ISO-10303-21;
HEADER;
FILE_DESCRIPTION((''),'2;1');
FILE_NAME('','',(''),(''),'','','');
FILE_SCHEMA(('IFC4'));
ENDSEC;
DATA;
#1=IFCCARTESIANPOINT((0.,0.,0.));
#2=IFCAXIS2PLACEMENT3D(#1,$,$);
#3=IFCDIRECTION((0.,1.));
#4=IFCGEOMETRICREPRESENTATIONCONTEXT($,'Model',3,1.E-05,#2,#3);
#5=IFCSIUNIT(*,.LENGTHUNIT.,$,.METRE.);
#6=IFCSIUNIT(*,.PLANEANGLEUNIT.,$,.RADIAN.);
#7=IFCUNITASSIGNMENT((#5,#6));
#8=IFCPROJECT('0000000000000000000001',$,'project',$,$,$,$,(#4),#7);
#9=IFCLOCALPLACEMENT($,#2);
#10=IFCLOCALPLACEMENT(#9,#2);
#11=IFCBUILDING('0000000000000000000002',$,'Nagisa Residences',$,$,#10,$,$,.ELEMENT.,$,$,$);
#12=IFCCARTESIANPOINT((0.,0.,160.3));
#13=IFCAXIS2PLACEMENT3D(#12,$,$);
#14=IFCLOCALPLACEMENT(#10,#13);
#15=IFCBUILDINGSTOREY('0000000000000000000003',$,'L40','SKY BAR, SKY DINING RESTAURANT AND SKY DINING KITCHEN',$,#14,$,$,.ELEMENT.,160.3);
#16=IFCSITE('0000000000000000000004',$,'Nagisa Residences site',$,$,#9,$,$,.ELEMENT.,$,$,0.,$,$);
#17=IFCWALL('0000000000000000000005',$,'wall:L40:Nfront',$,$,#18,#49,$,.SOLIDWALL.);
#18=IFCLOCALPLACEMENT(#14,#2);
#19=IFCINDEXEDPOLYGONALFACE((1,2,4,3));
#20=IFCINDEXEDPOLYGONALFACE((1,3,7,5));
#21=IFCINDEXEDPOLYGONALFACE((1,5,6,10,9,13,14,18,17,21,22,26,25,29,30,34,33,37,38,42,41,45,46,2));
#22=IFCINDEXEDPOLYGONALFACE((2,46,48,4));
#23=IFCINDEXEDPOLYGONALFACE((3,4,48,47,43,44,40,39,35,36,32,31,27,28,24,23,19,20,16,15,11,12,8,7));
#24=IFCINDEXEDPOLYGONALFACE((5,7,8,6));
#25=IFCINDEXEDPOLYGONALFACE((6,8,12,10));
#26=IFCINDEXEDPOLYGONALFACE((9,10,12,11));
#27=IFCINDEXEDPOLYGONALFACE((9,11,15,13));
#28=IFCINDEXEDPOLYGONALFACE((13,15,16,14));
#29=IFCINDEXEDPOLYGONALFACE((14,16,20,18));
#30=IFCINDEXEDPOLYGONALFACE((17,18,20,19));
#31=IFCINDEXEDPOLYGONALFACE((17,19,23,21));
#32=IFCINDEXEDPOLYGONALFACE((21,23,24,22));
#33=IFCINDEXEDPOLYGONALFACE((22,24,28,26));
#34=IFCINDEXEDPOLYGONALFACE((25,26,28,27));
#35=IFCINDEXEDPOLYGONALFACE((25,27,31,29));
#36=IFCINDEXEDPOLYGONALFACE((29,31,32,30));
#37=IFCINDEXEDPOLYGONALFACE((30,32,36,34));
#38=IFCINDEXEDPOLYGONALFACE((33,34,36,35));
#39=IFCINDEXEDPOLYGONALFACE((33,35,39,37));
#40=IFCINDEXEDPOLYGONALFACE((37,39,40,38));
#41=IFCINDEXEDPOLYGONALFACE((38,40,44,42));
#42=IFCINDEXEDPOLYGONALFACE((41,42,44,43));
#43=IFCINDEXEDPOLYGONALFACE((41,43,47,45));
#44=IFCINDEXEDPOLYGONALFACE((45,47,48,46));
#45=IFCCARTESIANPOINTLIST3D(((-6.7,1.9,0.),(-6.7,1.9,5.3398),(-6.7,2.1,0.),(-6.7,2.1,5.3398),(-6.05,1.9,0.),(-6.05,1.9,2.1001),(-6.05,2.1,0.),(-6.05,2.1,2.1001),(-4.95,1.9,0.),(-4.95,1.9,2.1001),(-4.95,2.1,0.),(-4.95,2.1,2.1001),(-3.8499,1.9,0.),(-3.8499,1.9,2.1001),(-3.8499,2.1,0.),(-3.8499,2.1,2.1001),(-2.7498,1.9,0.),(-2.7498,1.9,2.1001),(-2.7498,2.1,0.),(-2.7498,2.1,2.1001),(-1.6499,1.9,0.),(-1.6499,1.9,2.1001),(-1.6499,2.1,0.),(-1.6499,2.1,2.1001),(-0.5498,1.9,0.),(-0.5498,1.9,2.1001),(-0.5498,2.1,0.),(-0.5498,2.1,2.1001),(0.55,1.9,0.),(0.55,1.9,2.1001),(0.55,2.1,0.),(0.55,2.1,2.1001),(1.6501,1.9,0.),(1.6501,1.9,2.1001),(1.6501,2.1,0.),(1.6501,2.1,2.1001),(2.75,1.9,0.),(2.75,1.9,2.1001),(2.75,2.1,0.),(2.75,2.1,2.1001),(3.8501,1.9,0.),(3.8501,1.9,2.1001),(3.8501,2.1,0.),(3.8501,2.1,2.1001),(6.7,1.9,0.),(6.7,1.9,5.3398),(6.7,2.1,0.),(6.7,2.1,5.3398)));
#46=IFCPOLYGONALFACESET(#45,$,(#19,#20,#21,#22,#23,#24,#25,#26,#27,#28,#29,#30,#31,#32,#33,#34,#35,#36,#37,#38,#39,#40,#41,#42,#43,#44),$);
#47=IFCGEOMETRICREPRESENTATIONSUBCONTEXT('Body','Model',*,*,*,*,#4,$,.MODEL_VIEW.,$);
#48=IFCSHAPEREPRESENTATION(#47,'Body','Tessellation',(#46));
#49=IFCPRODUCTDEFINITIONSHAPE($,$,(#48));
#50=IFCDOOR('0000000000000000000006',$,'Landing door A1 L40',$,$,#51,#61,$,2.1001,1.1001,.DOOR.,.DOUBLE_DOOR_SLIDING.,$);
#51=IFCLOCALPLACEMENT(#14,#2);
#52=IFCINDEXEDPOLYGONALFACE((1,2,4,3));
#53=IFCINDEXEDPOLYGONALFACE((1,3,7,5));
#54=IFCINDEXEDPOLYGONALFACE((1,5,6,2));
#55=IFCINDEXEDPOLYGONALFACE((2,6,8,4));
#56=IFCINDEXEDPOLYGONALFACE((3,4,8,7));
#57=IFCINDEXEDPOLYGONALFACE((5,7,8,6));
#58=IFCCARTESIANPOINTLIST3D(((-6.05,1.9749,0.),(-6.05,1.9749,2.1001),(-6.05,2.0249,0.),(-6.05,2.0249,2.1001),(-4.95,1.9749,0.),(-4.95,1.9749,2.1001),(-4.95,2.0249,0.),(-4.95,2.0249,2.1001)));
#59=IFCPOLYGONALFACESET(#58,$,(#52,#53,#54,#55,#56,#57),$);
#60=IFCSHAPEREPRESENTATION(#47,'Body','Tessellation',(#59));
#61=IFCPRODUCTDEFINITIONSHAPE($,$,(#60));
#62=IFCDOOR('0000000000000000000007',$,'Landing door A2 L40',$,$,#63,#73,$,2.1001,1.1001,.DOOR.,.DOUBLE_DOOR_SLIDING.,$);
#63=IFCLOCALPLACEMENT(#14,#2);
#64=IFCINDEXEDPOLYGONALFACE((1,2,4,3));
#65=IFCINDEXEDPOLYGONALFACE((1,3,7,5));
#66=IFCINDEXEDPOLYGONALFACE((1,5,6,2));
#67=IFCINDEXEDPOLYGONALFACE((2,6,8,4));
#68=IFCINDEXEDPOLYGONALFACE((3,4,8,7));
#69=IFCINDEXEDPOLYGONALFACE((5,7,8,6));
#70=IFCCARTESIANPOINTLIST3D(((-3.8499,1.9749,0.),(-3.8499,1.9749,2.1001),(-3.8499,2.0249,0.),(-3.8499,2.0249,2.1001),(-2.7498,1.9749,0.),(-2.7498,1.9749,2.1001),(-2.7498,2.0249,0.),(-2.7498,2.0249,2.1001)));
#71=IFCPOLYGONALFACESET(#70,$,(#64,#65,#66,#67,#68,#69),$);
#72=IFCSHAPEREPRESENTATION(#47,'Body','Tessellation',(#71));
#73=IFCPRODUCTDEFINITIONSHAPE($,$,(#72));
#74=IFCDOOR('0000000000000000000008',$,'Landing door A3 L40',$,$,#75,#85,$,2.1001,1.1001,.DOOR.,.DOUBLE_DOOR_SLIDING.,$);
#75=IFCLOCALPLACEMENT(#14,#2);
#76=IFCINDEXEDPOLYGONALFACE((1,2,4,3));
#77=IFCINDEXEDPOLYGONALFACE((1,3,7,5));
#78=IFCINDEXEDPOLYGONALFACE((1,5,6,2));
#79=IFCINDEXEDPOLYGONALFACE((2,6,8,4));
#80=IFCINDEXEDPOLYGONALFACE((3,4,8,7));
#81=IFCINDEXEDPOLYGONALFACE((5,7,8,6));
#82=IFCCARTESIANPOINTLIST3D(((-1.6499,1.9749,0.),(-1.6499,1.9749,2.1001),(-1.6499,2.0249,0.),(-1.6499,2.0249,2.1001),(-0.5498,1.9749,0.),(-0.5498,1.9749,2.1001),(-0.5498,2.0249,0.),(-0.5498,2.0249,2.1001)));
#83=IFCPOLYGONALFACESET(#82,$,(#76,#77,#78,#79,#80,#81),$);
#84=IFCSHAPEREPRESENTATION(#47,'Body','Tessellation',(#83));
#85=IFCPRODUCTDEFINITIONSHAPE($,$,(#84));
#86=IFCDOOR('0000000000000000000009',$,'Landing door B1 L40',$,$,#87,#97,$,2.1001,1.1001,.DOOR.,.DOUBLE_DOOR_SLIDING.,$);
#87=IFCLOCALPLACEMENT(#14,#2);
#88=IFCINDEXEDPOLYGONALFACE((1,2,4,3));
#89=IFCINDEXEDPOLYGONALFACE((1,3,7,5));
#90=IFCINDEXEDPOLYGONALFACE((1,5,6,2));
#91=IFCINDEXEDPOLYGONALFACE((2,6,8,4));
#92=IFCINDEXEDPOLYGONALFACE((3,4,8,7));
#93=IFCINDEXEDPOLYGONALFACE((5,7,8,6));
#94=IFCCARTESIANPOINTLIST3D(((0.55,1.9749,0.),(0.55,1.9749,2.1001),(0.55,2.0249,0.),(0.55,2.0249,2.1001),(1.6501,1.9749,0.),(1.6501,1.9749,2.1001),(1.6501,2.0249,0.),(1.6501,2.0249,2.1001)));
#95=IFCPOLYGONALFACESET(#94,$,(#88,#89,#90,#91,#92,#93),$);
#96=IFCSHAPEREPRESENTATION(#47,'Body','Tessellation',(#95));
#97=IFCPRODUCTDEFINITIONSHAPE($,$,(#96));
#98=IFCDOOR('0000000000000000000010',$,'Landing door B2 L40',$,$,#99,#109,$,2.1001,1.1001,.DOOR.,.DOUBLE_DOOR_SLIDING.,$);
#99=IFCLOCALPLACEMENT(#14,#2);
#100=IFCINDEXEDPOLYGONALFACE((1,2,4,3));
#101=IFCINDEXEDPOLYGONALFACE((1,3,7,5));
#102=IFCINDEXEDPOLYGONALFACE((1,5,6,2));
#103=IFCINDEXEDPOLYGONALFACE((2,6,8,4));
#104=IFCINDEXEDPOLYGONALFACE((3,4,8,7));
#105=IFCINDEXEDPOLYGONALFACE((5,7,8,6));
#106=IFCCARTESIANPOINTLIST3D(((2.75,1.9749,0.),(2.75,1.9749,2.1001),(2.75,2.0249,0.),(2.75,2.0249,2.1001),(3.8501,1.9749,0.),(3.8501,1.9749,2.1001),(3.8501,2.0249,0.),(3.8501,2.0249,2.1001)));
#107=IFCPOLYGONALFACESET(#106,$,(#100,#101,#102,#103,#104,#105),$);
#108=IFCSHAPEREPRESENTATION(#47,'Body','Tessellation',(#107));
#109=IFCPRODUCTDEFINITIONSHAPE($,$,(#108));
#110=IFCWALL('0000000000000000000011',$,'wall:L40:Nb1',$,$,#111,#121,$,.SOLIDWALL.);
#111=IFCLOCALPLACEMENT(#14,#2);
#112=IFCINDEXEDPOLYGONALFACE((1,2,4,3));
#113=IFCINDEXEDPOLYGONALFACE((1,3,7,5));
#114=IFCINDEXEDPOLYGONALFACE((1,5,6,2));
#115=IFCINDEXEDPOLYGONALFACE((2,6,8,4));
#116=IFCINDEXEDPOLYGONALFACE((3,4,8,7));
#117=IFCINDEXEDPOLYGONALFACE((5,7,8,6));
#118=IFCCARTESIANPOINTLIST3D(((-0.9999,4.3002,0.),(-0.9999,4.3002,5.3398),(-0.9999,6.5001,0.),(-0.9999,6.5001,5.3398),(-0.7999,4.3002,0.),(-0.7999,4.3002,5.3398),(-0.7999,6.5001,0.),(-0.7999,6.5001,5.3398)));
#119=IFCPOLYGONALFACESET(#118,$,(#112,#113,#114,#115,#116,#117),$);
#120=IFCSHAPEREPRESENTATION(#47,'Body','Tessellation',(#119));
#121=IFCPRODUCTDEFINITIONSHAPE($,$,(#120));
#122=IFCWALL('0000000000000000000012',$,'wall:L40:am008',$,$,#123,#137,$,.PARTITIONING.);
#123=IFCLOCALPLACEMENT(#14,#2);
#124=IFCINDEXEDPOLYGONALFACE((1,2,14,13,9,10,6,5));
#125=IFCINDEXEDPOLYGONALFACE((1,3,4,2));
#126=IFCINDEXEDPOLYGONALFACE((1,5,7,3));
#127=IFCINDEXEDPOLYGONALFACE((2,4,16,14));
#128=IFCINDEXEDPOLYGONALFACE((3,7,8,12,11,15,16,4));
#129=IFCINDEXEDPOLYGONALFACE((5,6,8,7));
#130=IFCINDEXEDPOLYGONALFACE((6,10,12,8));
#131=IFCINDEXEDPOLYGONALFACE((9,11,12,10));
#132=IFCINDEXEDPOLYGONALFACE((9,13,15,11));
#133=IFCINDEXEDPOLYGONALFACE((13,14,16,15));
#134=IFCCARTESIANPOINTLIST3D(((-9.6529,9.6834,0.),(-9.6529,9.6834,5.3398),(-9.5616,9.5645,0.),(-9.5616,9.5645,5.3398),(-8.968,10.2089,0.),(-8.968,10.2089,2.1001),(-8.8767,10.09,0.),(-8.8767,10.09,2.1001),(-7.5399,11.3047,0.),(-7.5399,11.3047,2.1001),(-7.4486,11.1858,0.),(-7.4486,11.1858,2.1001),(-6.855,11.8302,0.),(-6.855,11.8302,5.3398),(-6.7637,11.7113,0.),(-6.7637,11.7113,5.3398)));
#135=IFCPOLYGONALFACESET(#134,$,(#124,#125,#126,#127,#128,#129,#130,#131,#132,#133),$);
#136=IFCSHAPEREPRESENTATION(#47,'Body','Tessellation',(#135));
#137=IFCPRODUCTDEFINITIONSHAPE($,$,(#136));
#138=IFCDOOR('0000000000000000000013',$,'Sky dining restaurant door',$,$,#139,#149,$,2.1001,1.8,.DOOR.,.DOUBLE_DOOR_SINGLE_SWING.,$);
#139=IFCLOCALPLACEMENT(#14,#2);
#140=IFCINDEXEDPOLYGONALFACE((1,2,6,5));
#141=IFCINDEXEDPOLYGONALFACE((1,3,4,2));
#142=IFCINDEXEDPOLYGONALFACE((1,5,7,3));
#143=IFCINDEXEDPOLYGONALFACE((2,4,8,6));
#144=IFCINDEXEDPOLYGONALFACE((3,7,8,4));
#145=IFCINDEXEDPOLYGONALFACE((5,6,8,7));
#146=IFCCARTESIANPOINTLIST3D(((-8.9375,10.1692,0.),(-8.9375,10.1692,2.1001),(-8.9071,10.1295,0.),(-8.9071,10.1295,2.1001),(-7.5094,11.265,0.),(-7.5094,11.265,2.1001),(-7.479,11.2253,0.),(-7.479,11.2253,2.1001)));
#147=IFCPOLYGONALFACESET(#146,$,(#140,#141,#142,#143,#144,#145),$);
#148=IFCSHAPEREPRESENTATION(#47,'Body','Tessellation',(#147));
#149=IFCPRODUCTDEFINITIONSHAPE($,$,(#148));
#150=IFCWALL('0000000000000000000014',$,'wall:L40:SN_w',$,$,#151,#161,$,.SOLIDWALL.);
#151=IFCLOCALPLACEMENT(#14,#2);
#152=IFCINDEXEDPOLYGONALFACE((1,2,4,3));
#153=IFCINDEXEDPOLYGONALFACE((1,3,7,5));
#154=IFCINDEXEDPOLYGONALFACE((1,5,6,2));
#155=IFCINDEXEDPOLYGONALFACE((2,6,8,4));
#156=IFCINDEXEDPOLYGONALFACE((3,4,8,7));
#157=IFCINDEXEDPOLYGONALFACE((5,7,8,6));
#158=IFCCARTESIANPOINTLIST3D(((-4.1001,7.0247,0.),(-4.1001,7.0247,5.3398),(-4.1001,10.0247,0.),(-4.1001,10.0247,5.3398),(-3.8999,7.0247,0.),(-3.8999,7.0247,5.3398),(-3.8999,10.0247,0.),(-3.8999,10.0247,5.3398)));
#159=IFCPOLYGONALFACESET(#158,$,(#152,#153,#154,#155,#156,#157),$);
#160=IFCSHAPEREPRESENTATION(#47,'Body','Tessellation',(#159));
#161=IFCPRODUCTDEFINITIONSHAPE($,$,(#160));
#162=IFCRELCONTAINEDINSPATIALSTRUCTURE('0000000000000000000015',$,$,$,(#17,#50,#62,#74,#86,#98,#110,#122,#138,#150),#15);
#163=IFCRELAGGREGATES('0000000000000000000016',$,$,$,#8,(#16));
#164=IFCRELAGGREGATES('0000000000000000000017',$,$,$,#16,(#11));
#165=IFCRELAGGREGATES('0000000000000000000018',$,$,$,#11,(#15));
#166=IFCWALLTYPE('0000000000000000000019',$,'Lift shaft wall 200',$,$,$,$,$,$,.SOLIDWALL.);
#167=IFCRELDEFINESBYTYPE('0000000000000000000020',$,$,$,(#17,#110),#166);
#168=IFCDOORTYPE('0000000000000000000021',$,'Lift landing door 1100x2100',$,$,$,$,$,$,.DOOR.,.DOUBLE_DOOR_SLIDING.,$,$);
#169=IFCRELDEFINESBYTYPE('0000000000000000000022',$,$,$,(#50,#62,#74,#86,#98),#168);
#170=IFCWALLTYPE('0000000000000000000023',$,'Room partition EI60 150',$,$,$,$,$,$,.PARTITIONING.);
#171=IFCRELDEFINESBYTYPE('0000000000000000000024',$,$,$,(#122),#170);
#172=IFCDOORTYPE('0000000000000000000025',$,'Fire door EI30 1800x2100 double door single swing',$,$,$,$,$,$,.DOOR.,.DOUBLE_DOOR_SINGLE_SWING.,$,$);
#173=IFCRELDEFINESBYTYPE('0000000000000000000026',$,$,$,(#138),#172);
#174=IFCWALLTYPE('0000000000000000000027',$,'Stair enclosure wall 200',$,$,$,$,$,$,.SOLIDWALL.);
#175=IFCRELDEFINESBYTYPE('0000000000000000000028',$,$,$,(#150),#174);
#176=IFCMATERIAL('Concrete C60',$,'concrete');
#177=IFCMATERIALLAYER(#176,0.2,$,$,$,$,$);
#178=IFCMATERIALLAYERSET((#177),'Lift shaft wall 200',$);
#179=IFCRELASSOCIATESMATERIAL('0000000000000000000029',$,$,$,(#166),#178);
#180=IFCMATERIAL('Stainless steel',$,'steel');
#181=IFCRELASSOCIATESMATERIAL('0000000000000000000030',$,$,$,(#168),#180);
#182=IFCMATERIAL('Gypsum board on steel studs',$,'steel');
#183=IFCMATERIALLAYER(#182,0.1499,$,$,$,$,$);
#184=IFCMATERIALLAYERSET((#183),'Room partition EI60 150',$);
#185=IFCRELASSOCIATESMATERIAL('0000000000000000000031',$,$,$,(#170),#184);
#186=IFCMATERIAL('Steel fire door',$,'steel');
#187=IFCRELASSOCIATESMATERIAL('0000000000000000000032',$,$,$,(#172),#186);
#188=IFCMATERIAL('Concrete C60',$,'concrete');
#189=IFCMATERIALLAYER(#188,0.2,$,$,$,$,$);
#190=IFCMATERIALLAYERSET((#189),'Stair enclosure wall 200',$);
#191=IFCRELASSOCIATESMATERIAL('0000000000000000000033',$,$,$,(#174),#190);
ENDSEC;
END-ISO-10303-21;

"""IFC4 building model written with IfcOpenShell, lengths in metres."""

from ifc_helpers import new_model, si_unit, direction, frame, frame_2d, origin, place, context, subcontext, project, spatial, polyline, rectangle, outline, extrude, material, layer, layer_set, type_object, element, fill, save


model = new_model("IFC4")

# Units and contexts
model_context = context("Model", 3, precision=1e-05, world=origin(), true_north=direction((0.0, 1.0)))
body_context = subcontext(model_context, "Body", "Model", "MODEL_VIEW")
ifc_project = project(units=[si_unit("LENGTHUNIT", "METRE"), si_unit("PLANEANGLEUNIT", "RADIAN")], contexts=[model_context])

# Site, building, storey
site_placement = place(None, origin())
site = spatial("IfcSite", under=ifc_project, at=site_placement, Name="Nagisa Residences site", CompositionType="ELEMENT", RefElevation=0.0)
building_placement = place(site_placement, origin())
building = spatial("IfcBuilding", under=site, at=building_placement, Name="Nagisa Residences", CompositionType="ELEMENT")
storey_placement = place(building_placement, frame((0.0, 0.0, 160.3)))
storey = spatial("IfcBuildingStorey", under=building, at=storey_placement, Name="L40", Description="SKY BAR, SKY DINING RESTAURANT AND SKY DINING KITCHEN", CompositionType="ELEMENT", Elevation=160.3)

# Shared definitions
ifc_material_1 = material(Name="Concrete C60", Category="concrete")
ifc_layer_1 = layer(ifc_material_1, 0.2)
ifc_layer_set_1 = layer_set([ifc_layer_1], Name="Lift shaft wall 200")
wall_type_1 = type_object("IfcWallType", Name="Lift shaft wall 200", PredefinedType="SOLIDWALL", material=ifc_layer_set_1)
ifc_material_2 = material(Name="Stainless steel", Category="steel")
door_type_1 = type_object("IfcDoorType", Name="Lift landing door 1100x2100", OperationType="DOUBLE_DOOR_SLIDING", PredefinedType="DOOR", material=ifc_material_2)

# Wall, openings, doors
wall_1_placement = place(storey_placement, frame((-6.7, 2.0, 0.0), z_axis=(0.0, 0.0, 1.0), x_axis=(1.0, 0.0, 0.0)))
wall_1 = element("IfcWall", 1, at=wall_1_placement, inside=storey, type_object=wall_type_1, Name="wall:L40:Nfront", PredefinedType="SOLIDWALL", context=body_context, shape_type="SweptSolid", body=[
    extrude(rectangle(XDim=13.3999, YDim=0.2, at=frame_2d((6.7, 0.0))), origin(), (0.0, 0.0, 1.0), 5.3398),
])
opening_1_placement = place(wall_1_placement, frame((0.6499, 0.0, 0.0)))
opening_1 = element("IfcOpeningElement", 2, at=opening_1_placement, cuts=wall_1, PredefinedType="OPENING", context=body_context, shape_type="SweptSolid", body=[
    extrude(rectangle(XDim=1.1001, YDim=2.1001, at=frame_2d((0.55, 1.05))), frame((0.0, 0.1099, 0.0), z_axis=(0.0, -1.0, 0.0), x_axis=(1.0, 0.0, 0.0)), (0.0, 0.0, 1.0), 0.22),
])
opening_2_placement = place(wall_1_placement, frame((2.8501, 0.0, 0.0)))
opening_2 = element("IfcOpeningElement", 3, at=opening_2_placement, cuts=wall_1, PredefinedType="OPENING", context=body_context, shape_type="SweptSolid", body=[
    extrude(rectangle(XDim=1.1001, YDim=2.1001, at=frame_2d((0.55, 1.05))), frame((0.0, 0.1099, 0.0), z_axis=(0.0, -1.0, 0.0), x_axis=(1.0, 0.0, 0.0)), (0.0, 0.0, 1.0), 0.22),
])
opening_3_placement = place(wall_1_placement, frame((5.05, 0.0, 0.0)))
opening_3 = element("IfcOpeningElement", 4, at=opening_3_placement, cuts=wall_1, PredefinedType="OPENING", context=body_context, shape_type="SweptSolid", body=[
    extrude(rectangle(XDim=1.1001, YDim=2.1001, at=frame_2d((0.55, 1.05))), frame((0.0, 0.1099, 0.0), z_axis=(0.0, -1.0, 0.0), x_axis=(1.0, 0.0, 0.0)), (0.0, 0.0, 1.0), 0.22),
])
opening_4_placement = place(wall_1_placement, frame((7.25, 0.0, 0.0)))
opening_4 = element("IfcOpeningElement", 5, at=opening_4_placement, cuts=wall_1, PredefinedType="OPENING", context=body_context, shape_type="SweptSolid", body=[
    extrude(rectangle(XDim=1.1001, YDim=2.1001, at=frame_2d((0.55, 1.05))), frame((0.0, 0.1099, 0.0), z_axis=(0.0, -1.0, 0.0), x_axis=(1.0, 0.0, 0.0)), (0.0, 0.0, 1.0), 0.22),
])
opening_5_placement = place(wall_1_placement, frame((9.45, 0.0, 0.0)))
opening_5 = element("IfcOpeningElement", 6, at=opening_5_placement, cuts=wall_1, PredefinedType="OPENING", context=body_context, shape_type="SweptSolid", body=[
    extrude(rectangle(XDim=1.1001, YDim=2.1001, at=frame_2d((0.55, 1.05))), frame((0.0, 0.1099, 0.0), z_axis=(0.0, -1.0, 0.0), x_axis=(1.0, 0.0, 0.0)), (0.0, 0.0, 1.0), 0.22),
])
door_1_placement = place(opening_1_placement, origin())
door_1 = element("IfcDoor", 7, at=door_1_placement, inside=storey, type_object=door_type_1, Name="Landing door A1 L40", OperationType="DOUBLE_DOOR_SLIDING", OverallHeight=2.1001, OverallWidth=1.1001, PredefinedType="DOOR", context=body_context, shape_type="SweptSolid", body=[
    extrude(rectangle(XDim=1.1001, YDim=2.1001, at=frame_2d((0.55, 1.05))), frame((0.0, 0.0249, 0.0), z_axis=(0.0, -1.0, 0.0), x_axis=(1.0, 0.0, 0.0)), (0.0, 0.0, 1.0), 0.05),
])
fill(opening_1, door_1)
door_2_placement = place(opening_2_placement, origin())
door_2 = element("IfcDoor", 8, at=door_2_placement, inside=storey, type_object=door_type_1, Name="Landing door A2 L40", OperationType="DOUBLE_DOOR_SLIDING", OverallHeight=2.1001, OverallWidth=1.1001, PredefinedType="DOOR", context=body_context, shape_type="SweptSolid", body=[
    extrude(rectangle(XDim=1.1001, YDim=2.1001, at=frame_2d((0.55, 1.05))), frame((0.0, 0.0249, 0.0), z_axis=(0.0, -1.0, 0.0), x_axis=(1.0, 0.0, 0.0)), (0.0, 0.0, 1.0), 0.05),
])
fill(opening_2, door_2)
door_3_placement = place(opening_3_placement, origin())
door_3 = element("IfcDoor", 9, at=door_3_placement, inside=storey, type_object=door_type_1, Name="Landing door A3 L40", OperationType="DOUBLE_DOOR_SLIDING", OverallHeight=2.1001, OverallWidth=1.1001, PredefinedType="DOOR", context=body_context, shape_type="SweptSolid", body=[
    extrude(rectangle(XDim=1.1001, YDim=2.1001, at=frame_2d((0.55, 1.05))), frame((0.0, 0.0249, 0.0), z_axis=(0.0, -1.0, 0.0), x_axis=(1.0, 0.0, 0.0)), (0.0, 0.0, 1.0), 0.05),
])
fill(opening_3, door_3)
door_4_placement = place(opening_4_placement, origin())
door_4 = element("IfcDoor", 10, at=door_4_placement, inside=storey, type_object=door_type_1, Name="Landing door B1 L40", OperationType="DOUBLE_DOOR_SLIDING", OverallHeight=2.1001, OverallWidth=1.1001, PredefinedType="DOOR", context=body_context, shape_type="SweptSolid", body=[
    extrude(rectangle(XDim=1.1001, YDim=2.1001, at=frame_2d((0.55, 1.05))), frame((0.0, 0.0249, 0.0), z_axis=(0.0, -1.0, 0.0), x_axis=(1.0, 0.0, 0.0)), (0.0, 0.0, 1.0), 0.05),
])
fill(opening_4, door_4)
door_5_placement = place(opening_5_placement, origin())
door_5 = element("IfcDoor", 11, at=door_5_placement, inside=storey, type_object=door_type_1, Name="Landing door B2 L40", OperationType="DOUBLE_DOOR_SLIDING", OverallHeight=2.1001, OverallWidth=1.1001, PredefinedType="DOOR", context=body_context, shape_type="SweptSolid", body=[
    extrude(rectangle(XDim=1.1001, YDim=2.1001, at=frame_2d((0.55, 1.05))), frame((0.0, 0.0249, 0.0), z_axis=(0.0, -1.0, 0.0), x_axis=(1.0, 0.0, 0.0)), (0.0, 0.0, 1.0), 0.05),
])
fill(opening_5, door_5)

# Wall
wall_2_placement = place(storey_placement, frame((-0.8999, 4.3, 0.0), z_axis=(0.0, 0.0, 1.0), x_axis=(0.0, 1.0, 0.0)))
element("IfcWall", 12, at=wall_2_placement, inside=storey, type_object=wall_type_1, Name="wall:L40:Nb1", PredefinedType="SOLIDWALL", context=body_context, shape_type="SweptSolid", body=[
    extrude(rectangle(XDim=2.2, YDim=0.2, at=frame_2d((1.1001, 0.0))), origin(), (0.0, 0.0, 1.0), 5.3398),
])

# Wall, opening, door
ifc_material_3 = material(Name="Gypsum board on steel studs", Category="steel")
ifc_layer_2 = layer(ifc_material_3, 0.1499)
ifc_layer_set_2 = layer_set([ifc_layer_2], Name="Room partition EI60 150")
wall_type_2 = type_object("IfcWallType", Name="Room partition EI60 150", PredefinedType="PARTITIONING", material=ifc_layer_set_2)
wall_3_placement = place(storey_placement, frame((-9.6072, 9.624, 0.0), z_axis=(0.0, 0.0, 1.0), x_axis=(0.793372, 0.608737, 0.0)))
wall_3 = element("IfcWall", 13, at=wall_3_placement, inside=storey, type_object=wall_type_2, Name="wall:L40:am008", PredefinedType="PARTITIONING", context=body_context, shape_type="SweptSolid", body=[
    extrude(rectangle(XDim=3.5266, YDim=0.1499, at=frame_2d((1.7632, 0.0))), origin(), (0.0, 0.0, 1.0), 5.3398),
])
opening_6_placement = place(wall_3_placement, frame((0.8633, 0.0, 0.0)))
opening_6 = element("IfcOpeningElement", 14, at=opening_6_placement, cuts=wall_3, PredefinedType="OPENING", context=body_context, shape_type="SweptSolid", body=[
    extrude(rectangle(XDim=1.8, YDim=2.1001, at=frame_2d((0.8999, 1.05))), frame((0.0, 0.085, 0.0), z_axis=(0.0, -1.0, 0.0), x_axis=(1.0, 0.0, 0.0)), (0.0, 0.0, 1.0), 0.1699),
])
ifc_material_4 = material(Name="Steel fire door", Category="steel")
door_type_2 = type_object("IfcDoorType", Name="Fire door EI30 1800x2100 double door single swing", OperationType="DOUBLE_DOOR_SINGLE_SWING", PredefinedType="DOOR", material=ifc_material_4)
door_6_placement = place(opening_6_placement, origin())
door_6 = element("IfcDoor", 15, at=door_6_placement, inside=storey, type_object=door_type_2, Name="Sky dining restaurant door", OperationType="DOUBLE_DOOR_SINGLE_SWING", OverallHeight=2.1001, OverallWidth=1.8, PredefinedType="DOOR", context=body_context, shape_type="SweptSolid", body=[
    extrude(rectangle(XDim=1.8, YDim=2.1001, at=frame_2d((0.8999, 1.05))), frame((0.0, 0.0249, 0.0), z_axis=(0.0, -1.0, 0.0), x_axis=(1.0, 0.0, 0.0)), (0.0, 0.0, 1.0), 0.05),
])
fill(opening_6, door_6)

# Wall
ifc_material_5 = material(Name="Concrete C60", Category="concrete")
ifc_layer_3 = layer(ifc_material_5, 0.2)
ifc_layer_set_3 = layer_set([ifc_layer_3], Name="Stair enclosure wall 200")
wall_type_3 = type_object("IfcWallType", Name="Stair enclosure wall 200", PredefinedType="SOLIDWALL", material=ifc_layer_set_3)
wall_4_placement = place(storey_placement, origin())
element("IfcWall", 16, at=wall_4_placement, inside=storey, type_object=wall_type_3, Name="wall:L40:SN_w", PredefinedType="SOLIDWALL", context=body_context, shape_type="SweptSolid", body=[
    extrude(outline(polyline([(-3.8999, 7.0247), (-4.1001, 7.0247), (-4.1001, 10.0247), (-3.8999, 10.0247), (-3.8999, 7.0247)])), origin(), (0.0, 0.0, 1.0), 5.3398),
])

save(model, "model.ifc")
